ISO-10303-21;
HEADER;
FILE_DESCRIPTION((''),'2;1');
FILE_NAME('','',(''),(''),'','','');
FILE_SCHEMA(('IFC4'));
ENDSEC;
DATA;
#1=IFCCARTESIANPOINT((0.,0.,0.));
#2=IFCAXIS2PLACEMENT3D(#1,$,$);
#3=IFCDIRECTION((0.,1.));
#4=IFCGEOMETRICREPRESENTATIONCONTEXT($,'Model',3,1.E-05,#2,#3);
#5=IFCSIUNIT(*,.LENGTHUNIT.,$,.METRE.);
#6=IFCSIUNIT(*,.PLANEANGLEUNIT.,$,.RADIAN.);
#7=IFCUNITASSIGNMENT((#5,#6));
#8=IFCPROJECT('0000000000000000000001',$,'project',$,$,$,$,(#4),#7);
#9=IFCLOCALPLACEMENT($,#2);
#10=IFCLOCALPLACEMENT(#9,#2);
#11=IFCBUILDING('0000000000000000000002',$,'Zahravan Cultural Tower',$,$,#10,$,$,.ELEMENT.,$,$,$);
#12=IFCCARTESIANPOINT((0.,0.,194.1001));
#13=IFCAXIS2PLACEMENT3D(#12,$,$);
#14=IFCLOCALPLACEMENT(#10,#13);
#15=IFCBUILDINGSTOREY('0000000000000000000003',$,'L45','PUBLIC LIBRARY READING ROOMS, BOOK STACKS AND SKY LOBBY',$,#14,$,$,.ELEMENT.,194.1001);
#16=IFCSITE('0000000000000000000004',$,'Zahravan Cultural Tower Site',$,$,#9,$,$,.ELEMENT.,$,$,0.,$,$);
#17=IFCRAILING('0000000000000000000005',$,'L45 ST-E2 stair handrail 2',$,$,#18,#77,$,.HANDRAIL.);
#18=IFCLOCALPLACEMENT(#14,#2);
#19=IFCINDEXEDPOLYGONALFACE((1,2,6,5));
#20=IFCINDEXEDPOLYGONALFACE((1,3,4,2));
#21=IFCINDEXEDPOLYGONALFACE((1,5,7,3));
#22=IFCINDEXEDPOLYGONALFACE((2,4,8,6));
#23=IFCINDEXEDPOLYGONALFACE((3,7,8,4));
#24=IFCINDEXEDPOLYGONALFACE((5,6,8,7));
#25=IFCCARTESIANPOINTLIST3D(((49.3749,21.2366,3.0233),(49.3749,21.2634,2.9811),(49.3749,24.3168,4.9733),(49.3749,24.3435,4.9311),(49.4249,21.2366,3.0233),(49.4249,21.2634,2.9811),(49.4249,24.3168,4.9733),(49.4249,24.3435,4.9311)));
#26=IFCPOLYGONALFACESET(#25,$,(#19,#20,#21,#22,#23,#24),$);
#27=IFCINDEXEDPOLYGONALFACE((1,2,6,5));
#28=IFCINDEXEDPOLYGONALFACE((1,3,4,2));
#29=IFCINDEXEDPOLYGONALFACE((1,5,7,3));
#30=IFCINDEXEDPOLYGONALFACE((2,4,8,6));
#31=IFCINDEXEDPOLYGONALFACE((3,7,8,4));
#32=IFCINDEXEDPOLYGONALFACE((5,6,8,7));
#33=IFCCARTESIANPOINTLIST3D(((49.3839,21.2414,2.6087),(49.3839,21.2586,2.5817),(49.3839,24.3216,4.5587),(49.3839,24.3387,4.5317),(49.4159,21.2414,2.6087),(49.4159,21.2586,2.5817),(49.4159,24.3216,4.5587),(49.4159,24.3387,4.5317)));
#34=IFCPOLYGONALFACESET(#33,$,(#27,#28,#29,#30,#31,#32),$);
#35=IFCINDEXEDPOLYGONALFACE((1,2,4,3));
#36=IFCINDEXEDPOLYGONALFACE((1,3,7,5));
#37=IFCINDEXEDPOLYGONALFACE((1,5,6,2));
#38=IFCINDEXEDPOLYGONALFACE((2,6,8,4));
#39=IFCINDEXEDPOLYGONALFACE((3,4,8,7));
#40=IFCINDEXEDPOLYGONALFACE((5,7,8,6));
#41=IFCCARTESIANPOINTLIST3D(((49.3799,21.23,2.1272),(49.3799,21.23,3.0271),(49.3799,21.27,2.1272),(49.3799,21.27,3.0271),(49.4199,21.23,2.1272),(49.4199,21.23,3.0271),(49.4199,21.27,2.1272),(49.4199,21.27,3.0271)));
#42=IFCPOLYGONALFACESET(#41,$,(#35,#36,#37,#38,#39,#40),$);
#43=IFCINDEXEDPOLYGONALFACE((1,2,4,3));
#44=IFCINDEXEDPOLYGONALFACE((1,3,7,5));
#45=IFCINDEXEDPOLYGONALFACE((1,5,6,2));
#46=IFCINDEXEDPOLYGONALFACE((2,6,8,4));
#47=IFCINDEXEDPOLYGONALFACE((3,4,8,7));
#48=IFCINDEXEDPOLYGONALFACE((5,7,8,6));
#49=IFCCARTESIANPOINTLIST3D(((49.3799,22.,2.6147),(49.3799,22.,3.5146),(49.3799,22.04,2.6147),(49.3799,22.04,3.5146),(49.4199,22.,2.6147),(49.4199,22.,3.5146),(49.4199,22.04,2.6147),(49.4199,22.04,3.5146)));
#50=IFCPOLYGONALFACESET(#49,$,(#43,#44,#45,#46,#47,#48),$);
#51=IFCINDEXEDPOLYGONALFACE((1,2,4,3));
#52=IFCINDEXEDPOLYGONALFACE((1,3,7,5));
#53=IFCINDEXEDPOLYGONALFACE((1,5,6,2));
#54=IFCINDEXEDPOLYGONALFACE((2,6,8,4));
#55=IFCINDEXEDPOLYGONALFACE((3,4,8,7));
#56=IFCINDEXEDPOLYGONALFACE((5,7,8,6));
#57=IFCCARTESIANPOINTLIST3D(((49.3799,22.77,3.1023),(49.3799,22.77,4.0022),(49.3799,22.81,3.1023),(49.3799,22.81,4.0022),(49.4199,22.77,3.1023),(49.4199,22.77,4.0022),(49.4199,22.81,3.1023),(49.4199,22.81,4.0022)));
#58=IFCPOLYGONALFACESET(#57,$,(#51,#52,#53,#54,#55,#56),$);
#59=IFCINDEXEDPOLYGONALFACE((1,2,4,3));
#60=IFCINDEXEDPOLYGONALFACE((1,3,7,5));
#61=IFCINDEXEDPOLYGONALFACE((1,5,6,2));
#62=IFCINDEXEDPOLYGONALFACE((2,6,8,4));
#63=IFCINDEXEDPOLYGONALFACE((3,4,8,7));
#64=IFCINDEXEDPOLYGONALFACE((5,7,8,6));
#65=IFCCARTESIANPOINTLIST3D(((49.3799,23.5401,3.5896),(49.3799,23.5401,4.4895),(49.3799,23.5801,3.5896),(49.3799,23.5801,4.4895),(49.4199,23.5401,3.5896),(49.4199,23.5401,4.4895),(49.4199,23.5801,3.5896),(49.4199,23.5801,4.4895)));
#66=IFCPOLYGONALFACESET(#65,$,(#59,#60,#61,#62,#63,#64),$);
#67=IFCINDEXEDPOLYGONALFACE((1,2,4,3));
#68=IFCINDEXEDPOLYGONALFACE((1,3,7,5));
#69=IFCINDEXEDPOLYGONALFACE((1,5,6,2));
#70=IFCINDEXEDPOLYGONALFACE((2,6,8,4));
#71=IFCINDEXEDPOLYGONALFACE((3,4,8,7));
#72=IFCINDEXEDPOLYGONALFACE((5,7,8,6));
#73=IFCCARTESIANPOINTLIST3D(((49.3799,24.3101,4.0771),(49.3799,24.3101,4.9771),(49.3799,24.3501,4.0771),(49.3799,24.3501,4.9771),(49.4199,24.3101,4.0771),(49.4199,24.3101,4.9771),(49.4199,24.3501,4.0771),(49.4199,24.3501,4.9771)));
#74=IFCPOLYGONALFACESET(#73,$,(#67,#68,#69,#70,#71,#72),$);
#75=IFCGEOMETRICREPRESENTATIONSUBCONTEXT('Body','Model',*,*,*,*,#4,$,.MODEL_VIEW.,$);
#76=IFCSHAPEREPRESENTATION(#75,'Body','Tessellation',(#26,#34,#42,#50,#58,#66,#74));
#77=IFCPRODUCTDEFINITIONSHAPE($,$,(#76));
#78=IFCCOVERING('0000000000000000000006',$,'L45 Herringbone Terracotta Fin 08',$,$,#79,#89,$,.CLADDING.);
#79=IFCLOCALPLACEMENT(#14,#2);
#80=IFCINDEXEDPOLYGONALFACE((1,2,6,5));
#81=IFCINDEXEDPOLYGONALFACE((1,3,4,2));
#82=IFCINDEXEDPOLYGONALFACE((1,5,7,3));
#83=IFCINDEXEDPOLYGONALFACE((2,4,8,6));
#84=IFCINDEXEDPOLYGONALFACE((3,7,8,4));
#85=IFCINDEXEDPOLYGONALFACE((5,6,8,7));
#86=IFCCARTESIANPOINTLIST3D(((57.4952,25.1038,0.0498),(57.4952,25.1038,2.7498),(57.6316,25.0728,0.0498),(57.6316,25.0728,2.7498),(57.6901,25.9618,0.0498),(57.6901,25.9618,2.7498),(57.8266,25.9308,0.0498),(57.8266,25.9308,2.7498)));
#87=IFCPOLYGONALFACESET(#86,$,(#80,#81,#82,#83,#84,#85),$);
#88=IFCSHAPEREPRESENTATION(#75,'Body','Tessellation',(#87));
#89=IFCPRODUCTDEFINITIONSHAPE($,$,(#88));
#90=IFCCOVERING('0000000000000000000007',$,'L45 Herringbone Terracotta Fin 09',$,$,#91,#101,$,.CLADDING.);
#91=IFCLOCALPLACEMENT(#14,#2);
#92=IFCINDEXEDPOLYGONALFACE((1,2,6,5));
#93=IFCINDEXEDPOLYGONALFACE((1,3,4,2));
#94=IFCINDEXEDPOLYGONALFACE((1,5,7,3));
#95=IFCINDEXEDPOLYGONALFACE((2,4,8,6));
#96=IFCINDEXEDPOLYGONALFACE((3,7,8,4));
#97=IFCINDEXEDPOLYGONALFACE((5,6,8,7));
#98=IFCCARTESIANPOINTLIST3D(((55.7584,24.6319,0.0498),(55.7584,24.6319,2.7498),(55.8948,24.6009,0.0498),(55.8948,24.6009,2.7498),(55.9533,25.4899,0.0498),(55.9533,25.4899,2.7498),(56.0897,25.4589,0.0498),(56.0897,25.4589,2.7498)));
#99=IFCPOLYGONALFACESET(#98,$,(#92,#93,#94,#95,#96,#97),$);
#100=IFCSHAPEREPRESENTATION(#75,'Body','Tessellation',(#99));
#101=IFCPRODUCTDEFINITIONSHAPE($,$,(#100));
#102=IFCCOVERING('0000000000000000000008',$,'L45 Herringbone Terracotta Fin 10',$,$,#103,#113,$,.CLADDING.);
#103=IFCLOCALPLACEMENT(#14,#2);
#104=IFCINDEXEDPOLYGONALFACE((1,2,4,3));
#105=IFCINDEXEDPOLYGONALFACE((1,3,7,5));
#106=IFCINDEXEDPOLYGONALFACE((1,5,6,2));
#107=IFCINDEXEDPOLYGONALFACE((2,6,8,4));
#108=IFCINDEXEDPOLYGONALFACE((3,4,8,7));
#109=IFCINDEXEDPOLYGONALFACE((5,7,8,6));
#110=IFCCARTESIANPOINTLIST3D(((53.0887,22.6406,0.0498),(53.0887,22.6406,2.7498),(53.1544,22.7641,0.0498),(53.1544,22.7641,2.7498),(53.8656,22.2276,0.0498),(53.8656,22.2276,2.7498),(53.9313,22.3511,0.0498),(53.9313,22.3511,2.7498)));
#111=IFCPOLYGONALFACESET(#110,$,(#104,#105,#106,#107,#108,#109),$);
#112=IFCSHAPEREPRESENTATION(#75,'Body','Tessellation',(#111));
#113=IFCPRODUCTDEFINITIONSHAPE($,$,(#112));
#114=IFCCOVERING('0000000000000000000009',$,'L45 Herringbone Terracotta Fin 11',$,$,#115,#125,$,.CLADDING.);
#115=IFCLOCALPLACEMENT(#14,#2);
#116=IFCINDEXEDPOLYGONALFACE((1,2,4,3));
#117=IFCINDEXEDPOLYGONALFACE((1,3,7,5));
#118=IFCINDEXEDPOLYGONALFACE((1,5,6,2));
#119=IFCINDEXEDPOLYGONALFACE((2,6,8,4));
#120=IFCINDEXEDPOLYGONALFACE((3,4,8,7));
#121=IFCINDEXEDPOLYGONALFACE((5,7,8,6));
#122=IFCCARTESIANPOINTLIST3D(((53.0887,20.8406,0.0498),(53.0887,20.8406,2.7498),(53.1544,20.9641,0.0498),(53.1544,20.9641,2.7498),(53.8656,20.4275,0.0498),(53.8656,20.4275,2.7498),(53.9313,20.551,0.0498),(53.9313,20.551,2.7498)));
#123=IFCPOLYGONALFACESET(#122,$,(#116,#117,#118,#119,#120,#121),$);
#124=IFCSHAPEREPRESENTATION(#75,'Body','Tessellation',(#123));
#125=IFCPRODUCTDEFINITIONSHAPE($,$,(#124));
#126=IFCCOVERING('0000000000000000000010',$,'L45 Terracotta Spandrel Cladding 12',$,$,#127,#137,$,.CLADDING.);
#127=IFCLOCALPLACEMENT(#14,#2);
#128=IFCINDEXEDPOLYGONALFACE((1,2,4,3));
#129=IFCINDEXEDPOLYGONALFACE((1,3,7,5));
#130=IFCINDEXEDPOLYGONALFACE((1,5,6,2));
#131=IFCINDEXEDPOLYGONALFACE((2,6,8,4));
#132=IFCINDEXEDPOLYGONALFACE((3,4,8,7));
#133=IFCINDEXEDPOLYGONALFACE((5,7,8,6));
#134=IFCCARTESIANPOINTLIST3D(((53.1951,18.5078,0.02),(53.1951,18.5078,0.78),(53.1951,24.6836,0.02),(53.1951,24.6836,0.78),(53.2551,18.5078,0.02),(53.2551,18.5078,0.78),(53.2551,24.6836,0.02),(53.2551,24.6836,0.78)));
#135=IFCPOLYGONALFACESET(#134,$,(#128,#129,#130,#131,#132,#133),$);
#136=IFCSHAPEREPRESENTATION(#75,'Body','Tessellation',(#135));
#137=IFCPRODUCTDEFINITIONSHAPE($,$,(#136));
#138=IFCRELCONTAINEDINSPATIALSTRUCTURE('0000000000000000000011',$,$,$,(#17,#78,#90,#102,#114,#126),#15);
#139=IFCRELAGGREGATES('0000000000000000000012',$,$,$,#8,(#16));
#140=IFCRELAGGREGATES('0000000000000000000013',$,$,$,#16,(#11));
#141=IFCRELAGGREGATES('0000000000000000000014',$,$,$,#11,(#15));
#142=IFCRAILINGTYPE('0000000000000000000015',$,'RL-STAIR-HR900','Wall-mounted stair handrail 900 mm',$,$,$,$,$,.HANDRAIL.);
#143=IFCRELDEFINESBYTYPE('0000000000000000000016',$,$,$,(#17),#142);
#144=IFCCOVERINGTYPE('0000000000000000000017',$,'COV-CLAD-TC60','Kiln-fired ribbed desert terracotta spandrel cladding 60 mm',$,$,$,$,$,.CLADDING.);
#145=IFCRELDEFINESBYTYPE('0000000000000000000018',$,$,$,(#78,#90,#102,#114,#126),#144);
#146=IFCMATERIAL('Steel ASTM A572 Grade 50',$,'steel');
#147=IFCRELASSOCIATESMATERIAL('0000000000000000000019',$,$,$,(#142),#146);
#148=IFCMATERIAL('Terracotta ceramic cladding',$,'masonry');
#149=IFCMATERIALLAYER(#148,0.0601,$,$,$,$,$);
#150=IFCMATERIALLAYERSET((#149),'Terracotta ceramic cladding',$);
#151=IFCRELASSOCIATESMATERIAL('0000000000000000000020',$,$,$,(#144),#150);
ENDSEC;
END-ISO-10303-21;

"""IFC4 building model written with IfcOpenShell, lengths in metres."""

from ifc_helpers import new_model, si_unit, direction, frame, origin, origin_2d, place, context, subcontext, project, spatial, rectangle, extrude, source, transform, mapped, material, layer, layer_set, type_object, element, save


model = new_model("IFC4")

# Units and contexts
model_context = context("Model", 3, precision=1e-05, world=origin(), true_north=direction((0.0, 1.0)))
body_context = subcontext(model_context, "Body", "Model", "MODEL_VIEW")
ifc_project = project(units=[si_unit("LENGTHUNIT", "METRE"), si_unit("PLANEANGLEUNIT", "RADIAN")], contexts=[model_context])

# Site, building, storey
site_placement = place(None, origin())
site = spatial("IfcSite", under=ifc_project, at=site_placement, Name="Zahravan Cultural Tower Site", CompositionType="ELEMENT", RefElevation=0.0)
building_placement = place(site_placement, origin())
building = spatial("IfcBuilding", under=site, at=building_placement, Name="Zahravan Cultural Tower", CompositionType="ELEMENT")
storey_placement = place(building_placement, frame((0.0, 0.0, 194.1001)))
storey = spatial("IfcBuildingStorey", under=building, at=storey_placement, Name="L45", Description="PUBLIC LIBRARY READING ROOMS, BOOK STACKS AND SKY LOBBY", CompositionType="ELEMENT", Elevation=194.1001)

# Shared definitions
ifc_material_1 = material(Name="Steel ASTM A572 Grade 50", Category="steel")

# Railing
railing_type_1 = type_object("IfcRailingType", Name="RL-STAIR-HR900", Description="Wall-mounted stair handrail 900 mm", PredefinedType="HANDRAIL", material=ifc_material_1)
railing_1_placement = place(storey_placement, frame((49.3999, 21.25, 2.1272)))
element("IfcRailing", 1, at=railing_1_placement, inside=storey, type_object=railing_type_1, Name="L45 ST-E2 stair handrail 2", PredefinedType="HANDRAIL", context=body_context, shape_type="SweptSolid", body=[
    extrude(rectangle(XDim=0.05, YDim=0.05, at=origin_2d()), frame((0.0, 0.0, 0.875), z_axis=(0.0, 0.844914, 0.534902), x_axis=(-1.0, 0.0, 0.0)), (0.0, 0.0, 1.0), 3.6455),
    extrude(rectangle(XDim=0.032, YDim=0.032, at=origin_2d()), frame((0.0, 0.0, 0.468), z_axis=(0.0, 0.844914, 0.534902), x_axis=(-1.0, 0.0, 0.0)), (0.0, 0.0, 1.0), 3.6455),
    extrude(rectangle(XDim=0.04, YDim=0.04, at=origin_2d()), origin(), (0.0, 0.0, 1.0), 0.8999),
    extrude(rectangle(XDim=0.04, YDim=0.04, at=origin_2d()), frame((0.0, 0.77, 0.4875)), (0.0, 0.0, 1.0), 0.8999),
    extrude(rectangle(XDim=0.04, YDim=0.04, at=origin_2d()), frame((0.0, 1.54, 0.9751)), (0.0, 0.0, 1.0), 0.8999),
    extrude(rectangle(XDim=0.04, YDim=0.04, at=origin_2d()), frame((0.0, 2.3101, 1.4624)), (0.0, 0.0, 1.0), 0.8999),
    extrude(rectangle(XDim=0.04, YDim=0.04, at=origin_2d()), frame((0.0, 3.0801, 1.95)), (0.0, 0.0, 1.0), 0.8999),
])

# Coverings
ifc_material_2 = material(Name="Terracotta ceramic cladding", Category="masonry")
ifc_layer_1 = layer(ifc_material_2, 0.0601)
ifc_layer_set_1 = layer_set([ifc_layer_1], Name="Terracotta ceramic cladding")
covering_type = type_object("IfcCoveringType", Name="COV-CLAD-TC60", Description="Kiln-fired ribbed desert terracotta spandrel cladding 60 mm", PredefinedType="CLADDING", material=ifc_layer_set_1)
shared_shape_1 = source(origin(), body_context, "Body", "SweptSolid", [
    extrude(rectangle(XDim=0.8799, YDim=0.1399, at=origin_2d()), origin(), (0.0, 0.0, 1.0), 2.7),
])
for number, where, z_axis, x_axis, name in (
    (2, (57.6609, 25.5173, 0.0498), (0.0, 0.0, 1.0), (-0.221548, -0.975149, 0.0), "L45 Herringbone Terracotta Fin 08"),
    (3, (55.9241, 25.0454, 0.0498), (0.0, 0.0, 1.0), (-0.221548, -0.975149, 0.0), "L45 Herringbone Terracotta Fin 09"),
    (4, (53.51, 22.4958, 0.0498), (0.0, 0.0, 1.0), (0.882948, -0.469472, 0.0), "L45 Herringbone Terracotta Fin 10"),
    (5, (53.51, 20.6958, 0.0498), (0.0, 0.0, 1.0), (0.882948, -0.469472, 0.0), "L45 Herringbone Terracotta Fin 11"),
):
    element("IfcCovering", number, at=place(storey_placement, frame(where, z_axis=z_axis, x_axis=x_axis)), inside=storey, type_object=covering_type, Name=name, PredefinedType="CLADDING", context=body_context, shape_type="MappedRepresentation", body=[
        mapped(shared_shape_1, transform((0.0, 0.0, 0.0), x_axis=(1.0, 0.0, 0.0), y_axis=(0.0, 1.0, 0.0), z_axis=(0.0, 0.0, 1.0), scale=1.0)),
    ])
shared_shape_2 = source(origin(), body_context, "Body", "SweptSolid", [
    extrude(rectangle(XDim=6.1758, YDim=0.0601, at=origin_2d()), origin(), (0.0, 0.0, 1.0), 0.76),
])
covering_placement = place(storey_placement, frame((53.2251, 21.5957, 0.02), z_axis=(0.0, 0.0, 1.0), x_axis=(0.0, -1.0, 0.0)))
element("IfcCovering", 6, at=covering_placement, inside=storey, type_object=covering_type, Name="L45 Terracotta Spandrel Cladding 12", PredefinedType="CLADDING", context=body_context, shape_type="MappedRepresentation", body=[
    mapped(shared_shape_2, transform((0.0, 0.0, 0.0), x_axis=(1.0, 0.0, 0.0), y_axis=(0.0, 1.0, 0.0), z_axis=(0.0, 0.0, 1.0), scale=1.0)),
])

save(model, "model.ifc")
